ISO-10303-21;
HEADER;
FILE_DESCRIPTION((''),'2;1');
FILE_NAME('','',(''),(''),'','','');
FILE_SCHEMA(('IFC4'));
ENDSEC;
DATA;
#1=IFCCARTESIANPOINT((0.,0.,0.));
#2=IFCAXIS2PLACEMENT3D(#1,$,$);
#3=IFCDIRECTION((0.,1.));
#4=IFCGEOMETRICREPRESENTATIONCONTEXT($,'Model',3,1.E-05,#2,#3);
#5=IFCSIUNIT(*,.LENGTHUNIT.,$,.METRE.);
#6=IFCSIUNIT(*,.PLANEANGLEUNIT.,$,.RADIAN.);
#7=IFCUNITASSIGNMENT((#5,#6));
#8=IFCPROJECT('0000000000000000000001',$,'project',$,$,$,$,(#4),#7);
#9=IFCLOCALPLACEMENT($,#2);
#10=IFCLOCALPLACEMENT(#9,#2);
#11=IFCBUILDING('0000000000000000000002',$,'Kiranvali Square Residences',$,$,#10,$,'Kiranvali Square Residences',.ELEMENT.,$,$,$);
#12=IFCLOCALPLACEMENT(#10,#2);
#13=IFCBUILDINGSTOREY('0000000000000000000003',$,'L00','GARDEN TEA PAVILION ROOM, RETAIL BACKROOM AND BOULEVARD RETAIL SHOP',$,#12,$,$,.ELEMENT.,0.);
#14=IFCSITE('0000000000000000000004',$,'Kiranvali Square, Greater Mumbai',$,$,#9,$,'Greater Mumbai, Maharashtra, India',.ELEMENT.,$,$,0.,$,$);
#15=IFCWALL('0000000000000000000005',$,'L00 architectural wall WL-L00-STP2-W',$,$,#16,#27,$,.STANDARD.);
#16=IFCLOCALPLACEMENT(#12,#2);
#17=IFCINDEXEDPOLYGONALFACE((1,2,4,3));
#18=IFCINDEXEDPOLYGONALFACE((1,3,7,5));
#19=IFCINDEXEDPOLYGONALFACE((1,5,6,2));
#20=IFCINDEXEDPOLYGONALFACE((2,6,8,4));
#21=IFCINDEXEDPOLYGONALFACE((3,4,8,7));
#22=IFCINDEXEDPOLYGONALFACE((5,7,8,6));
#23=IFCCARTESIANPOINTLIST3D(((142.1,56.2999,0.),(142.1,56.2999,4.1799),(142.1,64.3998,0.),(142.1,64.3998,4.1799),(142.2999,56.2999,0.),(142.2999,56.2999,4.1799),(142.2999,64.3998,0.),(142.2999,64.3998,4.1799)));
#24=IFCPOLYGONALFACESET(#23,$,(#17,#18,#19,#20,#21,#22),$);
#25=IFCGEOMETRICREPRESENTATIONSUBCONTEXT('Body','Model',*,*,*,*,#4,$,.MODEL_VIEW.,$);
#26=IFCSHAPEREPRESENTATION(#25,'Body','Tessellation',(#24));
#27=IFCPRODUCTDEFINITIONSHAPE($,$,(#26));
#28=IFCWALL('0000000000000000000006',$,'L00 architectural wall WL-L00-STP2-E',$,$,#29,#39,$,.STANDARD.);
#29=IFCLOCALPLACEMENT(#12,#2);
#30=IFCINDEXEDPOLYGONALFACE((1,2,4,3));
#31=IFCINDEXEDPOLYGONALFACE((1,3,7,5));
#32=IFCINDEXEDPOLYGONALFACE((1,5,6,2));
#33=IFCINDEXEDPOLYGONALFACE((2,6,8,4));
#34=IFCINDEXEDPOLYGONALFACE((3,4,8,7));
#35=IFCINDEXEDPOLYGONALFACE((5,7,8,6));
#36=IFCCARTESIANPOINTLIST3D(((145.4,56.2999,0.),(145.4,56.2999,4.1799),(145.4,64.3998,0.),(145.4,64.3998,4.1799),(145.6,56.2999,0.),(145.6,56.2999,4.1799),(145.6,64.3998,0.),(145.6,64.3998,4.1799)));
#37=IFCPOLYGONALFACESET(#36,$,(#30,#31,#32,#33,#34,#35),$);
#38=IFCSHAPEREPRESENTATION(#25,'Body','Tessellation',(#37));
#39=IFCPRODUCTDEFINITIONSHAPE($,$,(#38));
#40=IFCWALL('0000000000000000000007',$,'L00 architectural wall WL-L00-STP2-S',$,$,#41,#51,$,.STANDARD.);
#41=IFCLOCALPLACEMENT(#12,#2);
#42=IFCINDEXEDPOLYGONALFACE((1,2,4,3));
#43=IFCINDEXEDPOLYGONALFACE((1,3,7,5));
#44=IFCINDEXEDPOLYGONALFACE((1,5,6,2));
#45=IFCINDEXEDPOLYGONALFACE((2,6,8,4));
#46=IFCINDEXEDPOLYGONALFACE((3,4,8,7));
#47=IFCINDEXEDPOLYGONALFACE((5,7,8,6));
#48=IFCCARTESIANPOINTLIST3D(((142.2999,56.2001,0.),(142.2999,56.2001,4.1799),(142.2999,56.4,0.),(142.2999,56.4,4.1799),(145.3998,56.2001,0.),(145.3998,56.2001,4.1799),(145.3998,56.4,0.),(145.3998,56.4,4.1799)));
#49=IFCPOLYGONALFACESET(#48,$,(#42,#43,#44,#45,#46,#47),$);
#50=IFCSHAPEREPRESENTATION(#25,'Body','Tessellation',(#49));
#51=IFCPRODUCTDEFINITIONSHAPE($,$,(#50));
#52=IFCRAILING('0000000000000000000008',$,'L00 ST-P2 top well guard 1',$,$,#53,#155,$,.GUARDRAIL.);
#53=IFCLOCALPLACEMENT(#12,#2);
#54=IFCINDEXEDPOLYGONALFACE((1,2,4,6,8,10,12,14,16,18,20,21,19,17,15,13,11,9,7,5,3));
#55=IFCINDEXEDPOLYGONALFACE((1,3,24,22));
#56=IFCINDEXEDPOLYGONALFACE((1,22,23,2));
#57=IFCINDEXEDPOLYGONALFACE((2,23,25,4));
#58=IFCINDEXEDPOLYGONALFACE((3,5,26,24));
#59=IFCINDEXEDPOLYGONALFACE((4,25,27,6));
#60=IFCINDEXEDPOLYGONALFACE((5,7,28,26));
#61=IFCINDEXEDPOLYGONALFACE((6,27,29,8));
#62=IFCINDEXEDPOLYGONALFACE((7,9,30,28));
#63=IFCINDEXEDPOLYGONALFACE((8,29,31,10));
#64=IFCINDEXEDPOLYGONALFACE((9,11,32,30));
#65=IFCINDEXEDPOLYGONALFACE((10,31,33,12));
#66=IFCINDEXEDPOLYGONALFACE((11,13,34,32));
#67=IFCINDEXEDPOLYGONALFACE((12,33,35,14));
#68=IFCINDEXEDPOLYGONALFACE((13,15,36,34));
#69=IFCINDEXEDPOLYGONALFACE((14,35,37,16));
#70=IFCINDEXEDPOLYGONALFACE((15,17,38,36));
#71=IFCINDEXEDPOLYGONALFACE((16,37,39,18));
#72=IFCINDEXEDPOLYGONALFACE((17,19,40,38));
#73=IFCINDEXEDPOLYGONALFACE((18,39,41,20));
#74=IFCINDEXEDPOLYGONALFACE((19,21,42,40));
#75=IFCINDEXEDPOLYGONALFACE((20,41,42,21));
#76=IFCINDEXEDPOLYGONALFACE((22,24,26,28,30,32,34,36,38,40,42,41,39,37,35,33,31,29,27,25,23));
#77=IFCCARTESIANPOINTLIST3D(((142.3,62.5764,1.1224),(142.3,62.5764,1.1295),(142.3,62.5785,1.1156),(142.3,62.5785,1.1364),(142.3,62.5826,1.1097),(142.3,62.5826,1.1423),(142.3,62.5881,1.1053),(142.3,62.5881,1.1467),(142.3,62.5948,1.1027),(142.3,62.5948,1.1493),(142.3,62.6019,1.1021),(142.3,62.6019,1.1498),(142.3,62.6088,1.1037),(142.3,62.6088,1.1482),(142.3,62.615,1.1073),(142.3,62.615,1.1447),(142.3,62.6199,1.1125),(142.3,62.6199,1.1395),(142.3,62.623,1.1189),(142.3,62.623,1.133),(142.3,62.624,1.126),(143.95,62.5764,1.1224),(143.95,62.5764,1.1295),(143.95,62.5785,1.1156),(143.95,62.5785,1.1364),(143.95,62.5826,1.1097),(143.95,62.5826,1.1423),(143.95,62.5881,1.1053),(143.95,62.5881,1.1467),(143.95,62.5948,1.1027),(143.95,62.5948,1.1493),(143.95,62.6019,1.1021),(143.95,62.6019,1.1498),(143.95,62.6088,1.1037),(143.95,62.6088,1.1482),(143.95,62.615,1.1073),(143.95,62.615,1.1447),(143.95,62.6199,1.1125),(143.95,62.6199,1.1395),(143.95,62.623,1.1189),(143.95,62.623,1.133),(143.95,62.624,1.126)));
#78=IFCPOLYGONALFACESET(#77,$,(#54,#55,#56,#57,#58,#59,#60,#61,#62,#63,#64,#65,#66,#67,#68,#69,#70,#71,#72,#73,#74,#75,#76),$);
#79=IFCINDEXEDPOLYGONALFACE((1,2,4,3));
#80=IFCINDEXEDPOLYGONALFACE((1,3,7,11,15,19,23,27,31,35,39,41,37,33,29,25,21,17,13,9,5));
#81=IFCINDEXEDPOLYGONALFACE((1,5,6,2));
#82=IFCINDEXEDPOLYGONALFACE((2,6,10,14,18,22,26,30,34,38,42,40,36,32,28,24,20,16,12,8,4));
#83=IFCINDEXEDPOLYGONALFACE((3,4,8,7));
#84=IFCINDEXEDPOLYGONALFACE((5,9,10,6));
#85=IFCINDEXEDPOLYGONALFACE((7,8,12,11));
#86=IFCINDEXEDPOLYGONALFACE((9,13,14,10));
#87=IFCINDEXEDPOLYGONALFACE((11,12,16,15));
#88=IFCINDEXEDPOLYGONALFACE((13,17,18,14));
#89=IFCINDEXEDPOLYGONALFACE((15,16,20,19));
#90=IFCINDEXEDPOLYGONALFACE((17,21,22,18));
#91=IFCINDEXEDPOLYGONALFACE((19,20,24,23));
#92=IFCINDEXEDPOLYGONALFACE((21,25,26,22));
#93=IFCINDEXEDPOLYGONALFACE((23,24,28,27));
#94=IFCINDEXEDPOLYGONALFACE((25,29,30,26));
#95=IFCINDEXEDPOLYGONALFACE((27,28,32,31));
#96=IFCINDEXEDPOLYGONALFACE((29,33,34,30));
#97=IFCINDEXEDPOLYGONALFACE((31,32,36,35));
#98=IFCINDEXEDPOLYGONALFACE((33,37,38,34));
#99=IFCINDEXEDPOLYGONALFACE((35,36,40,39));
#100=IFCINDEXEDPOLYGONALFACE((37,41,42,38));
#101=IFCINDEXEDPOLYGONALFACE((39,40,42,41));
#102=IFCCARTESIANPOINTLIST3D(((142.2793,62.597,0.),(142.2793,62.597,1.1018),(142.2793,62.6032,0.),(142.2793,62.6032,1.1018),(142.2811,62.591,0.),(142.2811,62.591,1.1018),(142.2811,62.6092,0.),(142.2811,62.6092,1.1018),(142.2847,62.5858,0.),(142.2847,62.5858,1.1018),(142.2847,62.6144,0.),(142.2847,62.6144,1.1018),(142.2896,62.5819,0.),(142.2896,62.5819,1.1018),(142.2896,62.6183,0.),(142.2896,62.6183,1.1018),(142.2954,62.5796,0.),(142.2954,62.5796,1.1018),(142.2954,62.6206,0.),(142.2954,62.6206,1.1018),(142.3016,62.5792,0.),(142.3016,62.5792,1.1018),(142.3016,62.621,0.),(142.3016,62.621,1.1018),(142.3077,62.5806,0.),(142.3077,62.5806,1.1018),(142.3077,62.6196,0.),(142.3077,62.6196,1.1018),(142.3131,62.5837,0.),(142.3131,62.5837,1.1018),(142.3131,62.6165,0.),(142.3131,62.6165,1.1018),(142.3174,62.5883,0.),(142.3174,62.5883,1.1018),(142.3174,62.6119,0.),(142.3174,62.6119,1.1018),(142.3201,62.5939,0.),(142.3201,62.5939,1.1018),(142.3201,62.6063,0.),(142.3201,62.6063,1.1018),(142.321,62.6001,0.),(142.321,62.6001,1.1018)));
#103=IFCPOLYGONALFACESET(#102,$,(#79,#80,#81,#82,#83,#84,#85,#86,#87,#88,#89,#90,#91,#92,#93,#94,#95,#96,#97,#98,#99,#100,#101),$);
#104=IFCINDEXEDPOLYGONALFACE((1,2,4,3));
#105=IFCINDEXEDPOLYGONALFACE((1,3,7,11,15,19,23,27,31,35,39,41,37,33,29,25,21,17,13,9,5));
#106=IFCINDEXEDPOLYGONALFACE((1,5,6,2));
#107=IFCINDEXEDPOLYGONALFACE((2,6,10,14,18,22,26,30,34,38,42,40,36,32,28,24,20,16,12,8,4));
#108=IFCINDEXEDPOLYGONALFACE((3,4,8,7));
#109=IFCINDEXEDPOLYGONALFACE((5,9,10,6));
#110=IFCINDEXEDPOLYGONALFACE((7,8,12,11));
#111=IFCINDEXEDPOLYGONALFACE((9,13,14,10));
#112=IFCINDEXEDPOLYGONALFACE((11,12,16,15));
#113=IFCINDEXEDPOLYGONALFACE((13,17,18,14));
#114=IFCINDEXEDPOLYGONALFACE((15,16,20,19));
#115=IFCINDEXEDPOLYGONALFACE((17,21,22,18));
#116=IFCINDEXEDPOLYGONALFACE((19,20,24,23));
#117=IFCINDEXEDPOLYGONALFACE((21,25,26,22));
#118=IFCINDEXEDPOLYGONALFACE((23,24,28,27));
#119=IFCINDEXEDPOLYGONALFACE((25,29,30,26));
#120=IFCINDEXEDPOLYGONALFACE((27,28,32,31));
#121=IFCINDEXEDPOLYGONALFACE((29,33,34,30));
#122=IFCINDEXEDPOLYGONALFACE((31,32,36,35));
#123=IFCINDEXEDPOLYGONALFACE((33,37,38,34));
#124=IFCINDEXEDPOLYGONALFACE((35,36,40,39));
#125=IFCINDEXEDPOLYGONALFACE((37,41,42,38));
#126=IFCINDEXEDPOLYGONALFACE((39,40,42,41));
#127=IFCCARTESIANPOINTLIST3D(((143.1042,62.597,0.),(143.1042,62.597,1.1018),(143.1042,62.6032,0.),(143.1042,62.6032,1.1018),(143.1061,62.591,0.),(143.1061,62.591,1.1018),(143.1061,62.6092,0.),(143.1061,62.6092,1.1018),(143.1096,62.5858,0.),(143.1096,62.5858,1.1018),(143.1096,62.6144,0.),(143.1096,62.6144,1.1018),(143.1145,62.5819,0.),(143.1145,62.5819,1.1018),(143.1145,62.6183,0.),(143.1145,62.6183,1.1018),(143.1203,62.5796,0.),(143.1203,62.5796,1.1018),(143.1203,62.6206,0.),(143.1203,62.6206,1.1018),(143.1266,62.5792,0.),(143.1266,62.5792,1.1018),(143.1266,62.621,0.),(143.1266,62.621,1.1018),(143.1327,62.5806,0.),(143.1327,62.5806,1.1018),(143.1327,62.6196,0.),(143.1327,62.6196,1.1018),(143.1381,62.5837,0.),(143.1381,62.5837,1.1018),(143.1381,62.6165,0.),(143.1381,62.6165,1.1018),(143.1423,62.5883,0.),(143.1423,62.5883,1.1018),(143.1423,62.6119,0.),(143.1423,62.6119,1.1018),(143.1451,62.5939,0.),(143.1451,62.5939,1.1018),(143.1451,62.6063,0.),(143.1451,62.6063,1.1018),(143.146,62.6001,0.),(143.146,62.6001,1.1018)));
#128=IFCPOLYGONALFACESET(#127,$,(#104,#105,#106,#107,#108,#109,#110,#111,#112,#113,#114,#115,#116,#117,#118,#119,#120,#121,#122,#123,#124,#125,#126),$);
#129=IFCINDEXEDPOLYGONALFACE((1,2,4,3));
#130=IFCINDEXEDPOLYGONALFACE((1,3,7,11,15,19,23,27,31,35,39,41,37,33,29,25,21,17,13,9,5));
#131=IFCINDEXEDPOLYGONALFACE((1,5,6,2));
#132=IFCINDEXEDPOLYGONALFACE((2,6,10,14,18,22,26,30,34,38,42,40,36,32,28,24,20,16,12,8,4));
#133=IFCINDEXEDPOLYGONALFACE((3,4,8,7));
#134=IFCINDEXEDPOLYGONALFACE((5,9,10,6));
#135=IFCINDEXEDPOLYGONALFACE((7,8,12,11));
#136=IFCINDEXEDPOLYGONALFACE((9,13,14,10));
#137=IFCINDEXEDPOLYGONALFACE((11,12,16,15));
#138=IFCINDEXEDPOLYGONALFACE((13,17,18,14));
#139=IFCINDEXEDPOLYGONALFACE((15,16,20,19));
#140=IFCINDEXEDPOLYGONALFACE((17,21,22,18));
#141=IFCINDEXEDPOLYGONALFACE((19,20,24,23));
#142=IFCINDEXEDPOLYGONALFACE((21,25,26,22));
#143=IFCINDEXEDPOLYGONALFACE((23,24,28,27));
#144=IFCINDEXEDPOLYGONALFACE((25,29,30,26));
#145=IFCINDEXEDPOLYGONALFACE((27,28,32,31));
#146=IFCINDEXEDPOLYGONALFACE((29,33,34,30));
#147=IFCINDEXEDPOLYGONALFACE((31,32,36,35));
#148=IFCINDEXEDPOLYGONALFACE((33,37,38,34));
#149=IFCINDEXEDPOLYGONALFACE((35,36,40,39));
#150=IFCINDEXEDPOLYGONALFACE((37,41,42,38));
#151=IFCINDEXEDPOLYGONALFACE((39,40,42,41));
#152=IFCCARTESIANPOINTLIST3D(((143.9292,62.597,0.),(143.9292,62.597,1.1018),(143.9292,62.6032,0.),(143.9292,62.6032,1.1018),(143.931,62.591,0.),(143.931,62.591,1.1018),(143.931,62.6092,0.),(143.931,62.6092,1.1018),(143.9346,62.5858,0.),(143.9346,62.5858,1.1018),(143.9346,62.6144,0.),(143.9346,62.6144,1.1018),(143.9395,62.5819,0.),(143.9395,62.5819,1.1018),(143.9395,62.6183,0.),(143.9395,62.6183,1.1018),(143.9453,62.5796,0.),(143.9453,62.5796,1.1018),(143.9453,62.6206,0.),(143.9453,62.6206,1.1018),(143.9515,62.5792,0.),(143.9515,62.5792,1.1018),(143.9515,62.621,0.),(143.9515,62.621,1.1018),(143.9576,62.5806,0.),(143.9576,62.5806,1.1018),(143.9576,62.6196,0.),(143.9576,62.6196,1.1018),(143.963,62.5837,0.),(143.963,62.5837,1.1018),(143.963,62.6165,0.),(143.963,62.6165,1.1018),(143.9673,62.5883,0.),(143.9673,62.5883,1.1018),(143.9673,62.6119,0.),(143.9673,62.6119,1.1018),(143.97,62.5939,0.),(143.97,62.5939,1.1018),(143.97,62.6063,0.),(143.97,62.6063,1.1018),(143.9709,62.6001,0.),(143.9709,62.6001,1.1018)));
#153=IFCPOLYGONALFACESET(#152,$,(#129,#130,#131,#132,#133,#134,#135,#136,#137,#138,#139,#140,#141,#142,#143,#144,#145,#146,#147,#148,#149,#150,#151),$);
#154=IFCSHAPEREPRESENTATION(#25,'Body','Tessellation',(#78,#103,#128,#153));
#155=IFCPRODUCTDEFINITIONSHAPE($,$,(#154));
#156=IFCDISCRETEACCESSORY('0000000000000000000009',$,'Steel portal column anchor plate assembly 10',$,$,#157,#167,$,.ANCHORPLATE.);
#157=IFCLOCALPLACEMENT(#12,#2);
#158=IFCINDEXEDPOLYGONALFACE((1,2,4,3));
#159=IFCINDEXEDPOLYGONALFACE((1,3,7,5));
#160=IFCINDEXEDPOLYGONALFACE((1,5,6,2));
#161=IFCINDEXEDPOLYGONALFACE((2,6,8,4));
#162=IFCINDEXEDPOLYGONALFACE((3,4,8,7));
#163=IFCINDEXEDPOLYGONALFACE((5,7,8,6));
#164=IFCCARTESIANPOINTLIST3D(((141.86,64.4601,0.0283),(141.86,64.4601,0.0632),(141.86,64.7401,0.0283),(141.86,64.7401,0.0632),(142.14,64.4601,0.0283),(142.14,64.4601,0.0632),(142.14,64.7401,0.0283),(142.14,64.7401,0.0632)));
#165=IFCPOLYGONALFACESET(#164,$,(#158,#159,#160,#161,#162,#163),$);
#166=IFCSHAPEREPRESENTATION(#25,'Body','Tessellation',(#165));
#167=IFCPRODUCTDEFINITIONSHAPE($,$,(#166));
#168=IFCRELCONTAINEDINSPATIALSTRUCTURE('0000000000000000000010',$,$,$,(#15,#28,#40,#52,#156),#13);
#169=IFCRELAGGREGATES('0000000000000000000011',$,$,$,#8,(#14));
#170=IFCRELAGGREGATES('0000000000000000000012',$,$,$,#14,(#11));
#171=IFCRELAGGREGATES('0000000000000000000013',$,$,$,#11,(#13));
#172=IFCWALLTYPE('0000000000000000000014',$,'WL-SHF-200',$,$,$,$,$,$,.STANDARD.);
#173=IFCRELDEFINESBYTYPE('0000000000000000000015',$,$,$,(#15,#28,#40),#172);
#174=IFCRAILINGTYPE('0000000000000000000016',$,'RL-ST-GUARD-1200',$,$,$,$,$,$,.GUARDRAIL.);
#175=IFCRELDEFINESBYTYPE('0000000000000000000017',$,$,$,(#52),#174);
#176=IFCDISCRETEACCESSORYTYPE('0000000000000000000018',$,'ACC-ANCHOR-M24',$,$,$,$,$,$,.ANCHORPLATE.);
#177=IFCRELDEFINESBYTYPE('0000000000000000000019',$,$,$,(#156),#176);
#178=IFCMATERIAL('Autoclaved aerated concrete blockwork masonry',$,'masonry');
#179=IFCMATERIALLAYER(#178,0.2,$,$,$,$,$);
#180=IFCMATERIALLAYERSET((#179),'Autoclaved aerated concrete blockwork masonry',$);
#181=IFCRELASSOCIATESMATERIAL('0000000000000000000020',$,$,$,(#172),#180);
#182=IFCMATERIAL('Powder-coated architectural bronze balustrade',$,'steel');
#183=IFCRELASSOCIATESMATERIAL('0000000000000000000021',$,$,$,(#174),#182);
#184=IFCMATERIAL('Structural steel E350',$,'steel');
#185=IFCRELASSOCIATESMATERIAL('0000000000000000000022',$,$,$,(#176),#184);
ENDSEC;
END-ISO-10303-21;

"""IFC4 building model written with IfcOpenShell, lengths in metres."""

from ifc_helpers import new_model, si_unit, direction, frame, frame_2d, origin, origin_2d, place, context, subcontext, project, spatial, rectangle, circle, extrude, material, layer, layer_set, type_object, element, save


model = new_model("IFC4")

# Units and contexts
model_context = context("Model", 3, precision=1e-05, world=origin(), true_north=direction((0.0, 1.0)))
body_context = subcontext(model_context, "Body", "Model", "MODEL_VIEW")
ifc_project = project(units=[si_unit("LENGTHUNIT", "METRE"), si_unit("PLANEANGLEUNIT", "RADIAN")], contexts=[model_context])

# Site, building, storey
site_placement = place(None, origin())
site = spatial("IfcSite", under=ifc_project, at=site_placement, Name="Kiranvali Square, Greater Mumbai", LongName="Greater Mumbai, Maharashtra, India", CompositionType="ELEMENT", RefElevation=0.0)
building_placement = place(site_placement, origin())
building = spatial("IfcBuilding", under=site, at=building_placement, Name="Kiranvali Square Residences", LongName="Kiranvali Square Residences", CompositionType="ELEMENT")
storey_placement = place(building_placement, origin())
storey = spatial("IfcBuildingStorey", under=building, at=storey_placement, Name="L00", Description="GARDEN TEA PAVILION ROOM, RETAIL BACKROOM AND BOULEVARD RETAIL SHOP", CompositionType="ELEMENT", Elevation=0.0)

# Shared definitions
ifc_material_1 = material(Name="Structural steel E350", Category="steel")

# Walls
ifc_material_2 = material(Name="Autoclaved aerated concrete blockwork masonry", Category="masonry")
ifc_layer_1 = layer(ifc_material_2, 0.2)
ifc_layer_set_1 = layer_set([ifc_layer_1], Name="Autoclaved aerated concrete blockwork masonry")
wall_type_1 = type_object("IfcWallType", Name="WL-SHF-200", PredefinedType="STANDARD", material=ifc_layer_set_1)
for number, where, z_axis, x_axis, name in (
    (1, (142.2, 56.3, 0.0), (0.0, 0.0, 1.0), (0.0, 1.0, 0.0), "L00 architectural wall WL-L00-STP2-W"),
    (2, (145.5, 56.3, 0.0), (0.0, 0.0, 1.0), (0.0, 1.0, 0.0), "L00 architectural wall WL-L00-STP2-E"),
):
    element("IfcWall", number, at=place(storey_placement, frame(where, z_axis=z_axis, x_axis=x_axis)), inside=storey, type_object=wall_type_1, Name=name, PredefinedType="STANDARD", context=body_context, shape_type="SweptSolid", body=[
        extrude(rectangle(XDim=8.0999, YDim=0.2, at=frame_2d((4.0498, 0.0))), origin(), (0.0, 0.0, 1.0), 4.1799),
    ])
wall_1_placement = place(storey_placement, frame((142.3, 56.3, 0.0), z_axis=(0.0, 0.0, 1.0), x_axis=(1.0, 0.0, 0.0)))
element("IfcWall", 3, at=wall_1_placement, inside=storey, type_object=wall_type_1, Name="L00 architectural wall WL-L00-STP2-S", PredefinedType="STANDARD", context=body_context, shape_type="SweptSolid", body=[
    extrude(rectangle(XDim=3.0999, YDim=0.2, at=frame_2d((1.5498, 0.0))), origin(), (0.0, 0.0, 1.0), 4.1799),
])

# Railing
ifc_material_3 = material(Name="Powder-coated architectural bronze balustrade", Category="steel")
railing_type = type_object("IfcRailingType", Name="RL-ST-GUARD-1200", PredefinedType="GUARDRAIL", material=ifc_material_3)
railing_placement = place(storey_placement, frame((142.3, 62.6001, 0.0)))
element("IfcRailing", 4, at=railing_placement, inside=storey, type_object=railing_type, Name="L00 ST-P2 top well guard 1", PredefinedType="GUARDRAIL", context=body_context, shape_type="SweptSolid", body=[
    extrude(circle(Radius=0.0239, at=origin_2d()), frame((0.0, 0.0, 1.126), z_axis=(1.0, 0.0, 0.0), x_axis=(0.0, 1.0, 0.0)), (0.0, 0.0, 1.0), 1.6499),
    extrude(circle(Radius=0.021, at=origin_2d()), origin(), (0.0, 0.0, 1.0), 1.1018),
    extrude(circle(Radius=0.021, at=origin_2d()), frame((0.825, 0.0, 0.0)), (0.0, 0.0, 1.0), 1.1018),
    extrude(circle(Radius=0.021, at=origin_2d()), frame((1.6499, 0.0, 0.0)), (0.0, 0.0, 1.0), 1.1018),
])

# Discrete accessory
discrete_accessory_type = type_object("IfcDiscreteAccessoryType", Name="ACC-ANCHOR-M24", PredefinedType="ANCHORPLATE", material=ifc_material_1)
discrete_accessory_placement = place(storey_placement, frame((142.0, 64.6001, 0.0283), z_axis=(0.0, 0.0, 1.0), x_axis=(1.0, 0.0, 0.0)))
element("IfcDiscreteAccessory", 5, at=discrete_accessory_placement, inside=storey, type_object=discrete_accessory_type, Name="Steel portal column anchor plate assembly 10", PredefinedType="ANCHORPLATE", context=body_context, shape_type="SweptSolid", body=[
    extrude(rectangle(XDim=0.28, YDim=0.28, at=origin_2d()), origin(), (0.0, 0.0, 1.0), 0.0349),
])

save(model, "model.ifc")
